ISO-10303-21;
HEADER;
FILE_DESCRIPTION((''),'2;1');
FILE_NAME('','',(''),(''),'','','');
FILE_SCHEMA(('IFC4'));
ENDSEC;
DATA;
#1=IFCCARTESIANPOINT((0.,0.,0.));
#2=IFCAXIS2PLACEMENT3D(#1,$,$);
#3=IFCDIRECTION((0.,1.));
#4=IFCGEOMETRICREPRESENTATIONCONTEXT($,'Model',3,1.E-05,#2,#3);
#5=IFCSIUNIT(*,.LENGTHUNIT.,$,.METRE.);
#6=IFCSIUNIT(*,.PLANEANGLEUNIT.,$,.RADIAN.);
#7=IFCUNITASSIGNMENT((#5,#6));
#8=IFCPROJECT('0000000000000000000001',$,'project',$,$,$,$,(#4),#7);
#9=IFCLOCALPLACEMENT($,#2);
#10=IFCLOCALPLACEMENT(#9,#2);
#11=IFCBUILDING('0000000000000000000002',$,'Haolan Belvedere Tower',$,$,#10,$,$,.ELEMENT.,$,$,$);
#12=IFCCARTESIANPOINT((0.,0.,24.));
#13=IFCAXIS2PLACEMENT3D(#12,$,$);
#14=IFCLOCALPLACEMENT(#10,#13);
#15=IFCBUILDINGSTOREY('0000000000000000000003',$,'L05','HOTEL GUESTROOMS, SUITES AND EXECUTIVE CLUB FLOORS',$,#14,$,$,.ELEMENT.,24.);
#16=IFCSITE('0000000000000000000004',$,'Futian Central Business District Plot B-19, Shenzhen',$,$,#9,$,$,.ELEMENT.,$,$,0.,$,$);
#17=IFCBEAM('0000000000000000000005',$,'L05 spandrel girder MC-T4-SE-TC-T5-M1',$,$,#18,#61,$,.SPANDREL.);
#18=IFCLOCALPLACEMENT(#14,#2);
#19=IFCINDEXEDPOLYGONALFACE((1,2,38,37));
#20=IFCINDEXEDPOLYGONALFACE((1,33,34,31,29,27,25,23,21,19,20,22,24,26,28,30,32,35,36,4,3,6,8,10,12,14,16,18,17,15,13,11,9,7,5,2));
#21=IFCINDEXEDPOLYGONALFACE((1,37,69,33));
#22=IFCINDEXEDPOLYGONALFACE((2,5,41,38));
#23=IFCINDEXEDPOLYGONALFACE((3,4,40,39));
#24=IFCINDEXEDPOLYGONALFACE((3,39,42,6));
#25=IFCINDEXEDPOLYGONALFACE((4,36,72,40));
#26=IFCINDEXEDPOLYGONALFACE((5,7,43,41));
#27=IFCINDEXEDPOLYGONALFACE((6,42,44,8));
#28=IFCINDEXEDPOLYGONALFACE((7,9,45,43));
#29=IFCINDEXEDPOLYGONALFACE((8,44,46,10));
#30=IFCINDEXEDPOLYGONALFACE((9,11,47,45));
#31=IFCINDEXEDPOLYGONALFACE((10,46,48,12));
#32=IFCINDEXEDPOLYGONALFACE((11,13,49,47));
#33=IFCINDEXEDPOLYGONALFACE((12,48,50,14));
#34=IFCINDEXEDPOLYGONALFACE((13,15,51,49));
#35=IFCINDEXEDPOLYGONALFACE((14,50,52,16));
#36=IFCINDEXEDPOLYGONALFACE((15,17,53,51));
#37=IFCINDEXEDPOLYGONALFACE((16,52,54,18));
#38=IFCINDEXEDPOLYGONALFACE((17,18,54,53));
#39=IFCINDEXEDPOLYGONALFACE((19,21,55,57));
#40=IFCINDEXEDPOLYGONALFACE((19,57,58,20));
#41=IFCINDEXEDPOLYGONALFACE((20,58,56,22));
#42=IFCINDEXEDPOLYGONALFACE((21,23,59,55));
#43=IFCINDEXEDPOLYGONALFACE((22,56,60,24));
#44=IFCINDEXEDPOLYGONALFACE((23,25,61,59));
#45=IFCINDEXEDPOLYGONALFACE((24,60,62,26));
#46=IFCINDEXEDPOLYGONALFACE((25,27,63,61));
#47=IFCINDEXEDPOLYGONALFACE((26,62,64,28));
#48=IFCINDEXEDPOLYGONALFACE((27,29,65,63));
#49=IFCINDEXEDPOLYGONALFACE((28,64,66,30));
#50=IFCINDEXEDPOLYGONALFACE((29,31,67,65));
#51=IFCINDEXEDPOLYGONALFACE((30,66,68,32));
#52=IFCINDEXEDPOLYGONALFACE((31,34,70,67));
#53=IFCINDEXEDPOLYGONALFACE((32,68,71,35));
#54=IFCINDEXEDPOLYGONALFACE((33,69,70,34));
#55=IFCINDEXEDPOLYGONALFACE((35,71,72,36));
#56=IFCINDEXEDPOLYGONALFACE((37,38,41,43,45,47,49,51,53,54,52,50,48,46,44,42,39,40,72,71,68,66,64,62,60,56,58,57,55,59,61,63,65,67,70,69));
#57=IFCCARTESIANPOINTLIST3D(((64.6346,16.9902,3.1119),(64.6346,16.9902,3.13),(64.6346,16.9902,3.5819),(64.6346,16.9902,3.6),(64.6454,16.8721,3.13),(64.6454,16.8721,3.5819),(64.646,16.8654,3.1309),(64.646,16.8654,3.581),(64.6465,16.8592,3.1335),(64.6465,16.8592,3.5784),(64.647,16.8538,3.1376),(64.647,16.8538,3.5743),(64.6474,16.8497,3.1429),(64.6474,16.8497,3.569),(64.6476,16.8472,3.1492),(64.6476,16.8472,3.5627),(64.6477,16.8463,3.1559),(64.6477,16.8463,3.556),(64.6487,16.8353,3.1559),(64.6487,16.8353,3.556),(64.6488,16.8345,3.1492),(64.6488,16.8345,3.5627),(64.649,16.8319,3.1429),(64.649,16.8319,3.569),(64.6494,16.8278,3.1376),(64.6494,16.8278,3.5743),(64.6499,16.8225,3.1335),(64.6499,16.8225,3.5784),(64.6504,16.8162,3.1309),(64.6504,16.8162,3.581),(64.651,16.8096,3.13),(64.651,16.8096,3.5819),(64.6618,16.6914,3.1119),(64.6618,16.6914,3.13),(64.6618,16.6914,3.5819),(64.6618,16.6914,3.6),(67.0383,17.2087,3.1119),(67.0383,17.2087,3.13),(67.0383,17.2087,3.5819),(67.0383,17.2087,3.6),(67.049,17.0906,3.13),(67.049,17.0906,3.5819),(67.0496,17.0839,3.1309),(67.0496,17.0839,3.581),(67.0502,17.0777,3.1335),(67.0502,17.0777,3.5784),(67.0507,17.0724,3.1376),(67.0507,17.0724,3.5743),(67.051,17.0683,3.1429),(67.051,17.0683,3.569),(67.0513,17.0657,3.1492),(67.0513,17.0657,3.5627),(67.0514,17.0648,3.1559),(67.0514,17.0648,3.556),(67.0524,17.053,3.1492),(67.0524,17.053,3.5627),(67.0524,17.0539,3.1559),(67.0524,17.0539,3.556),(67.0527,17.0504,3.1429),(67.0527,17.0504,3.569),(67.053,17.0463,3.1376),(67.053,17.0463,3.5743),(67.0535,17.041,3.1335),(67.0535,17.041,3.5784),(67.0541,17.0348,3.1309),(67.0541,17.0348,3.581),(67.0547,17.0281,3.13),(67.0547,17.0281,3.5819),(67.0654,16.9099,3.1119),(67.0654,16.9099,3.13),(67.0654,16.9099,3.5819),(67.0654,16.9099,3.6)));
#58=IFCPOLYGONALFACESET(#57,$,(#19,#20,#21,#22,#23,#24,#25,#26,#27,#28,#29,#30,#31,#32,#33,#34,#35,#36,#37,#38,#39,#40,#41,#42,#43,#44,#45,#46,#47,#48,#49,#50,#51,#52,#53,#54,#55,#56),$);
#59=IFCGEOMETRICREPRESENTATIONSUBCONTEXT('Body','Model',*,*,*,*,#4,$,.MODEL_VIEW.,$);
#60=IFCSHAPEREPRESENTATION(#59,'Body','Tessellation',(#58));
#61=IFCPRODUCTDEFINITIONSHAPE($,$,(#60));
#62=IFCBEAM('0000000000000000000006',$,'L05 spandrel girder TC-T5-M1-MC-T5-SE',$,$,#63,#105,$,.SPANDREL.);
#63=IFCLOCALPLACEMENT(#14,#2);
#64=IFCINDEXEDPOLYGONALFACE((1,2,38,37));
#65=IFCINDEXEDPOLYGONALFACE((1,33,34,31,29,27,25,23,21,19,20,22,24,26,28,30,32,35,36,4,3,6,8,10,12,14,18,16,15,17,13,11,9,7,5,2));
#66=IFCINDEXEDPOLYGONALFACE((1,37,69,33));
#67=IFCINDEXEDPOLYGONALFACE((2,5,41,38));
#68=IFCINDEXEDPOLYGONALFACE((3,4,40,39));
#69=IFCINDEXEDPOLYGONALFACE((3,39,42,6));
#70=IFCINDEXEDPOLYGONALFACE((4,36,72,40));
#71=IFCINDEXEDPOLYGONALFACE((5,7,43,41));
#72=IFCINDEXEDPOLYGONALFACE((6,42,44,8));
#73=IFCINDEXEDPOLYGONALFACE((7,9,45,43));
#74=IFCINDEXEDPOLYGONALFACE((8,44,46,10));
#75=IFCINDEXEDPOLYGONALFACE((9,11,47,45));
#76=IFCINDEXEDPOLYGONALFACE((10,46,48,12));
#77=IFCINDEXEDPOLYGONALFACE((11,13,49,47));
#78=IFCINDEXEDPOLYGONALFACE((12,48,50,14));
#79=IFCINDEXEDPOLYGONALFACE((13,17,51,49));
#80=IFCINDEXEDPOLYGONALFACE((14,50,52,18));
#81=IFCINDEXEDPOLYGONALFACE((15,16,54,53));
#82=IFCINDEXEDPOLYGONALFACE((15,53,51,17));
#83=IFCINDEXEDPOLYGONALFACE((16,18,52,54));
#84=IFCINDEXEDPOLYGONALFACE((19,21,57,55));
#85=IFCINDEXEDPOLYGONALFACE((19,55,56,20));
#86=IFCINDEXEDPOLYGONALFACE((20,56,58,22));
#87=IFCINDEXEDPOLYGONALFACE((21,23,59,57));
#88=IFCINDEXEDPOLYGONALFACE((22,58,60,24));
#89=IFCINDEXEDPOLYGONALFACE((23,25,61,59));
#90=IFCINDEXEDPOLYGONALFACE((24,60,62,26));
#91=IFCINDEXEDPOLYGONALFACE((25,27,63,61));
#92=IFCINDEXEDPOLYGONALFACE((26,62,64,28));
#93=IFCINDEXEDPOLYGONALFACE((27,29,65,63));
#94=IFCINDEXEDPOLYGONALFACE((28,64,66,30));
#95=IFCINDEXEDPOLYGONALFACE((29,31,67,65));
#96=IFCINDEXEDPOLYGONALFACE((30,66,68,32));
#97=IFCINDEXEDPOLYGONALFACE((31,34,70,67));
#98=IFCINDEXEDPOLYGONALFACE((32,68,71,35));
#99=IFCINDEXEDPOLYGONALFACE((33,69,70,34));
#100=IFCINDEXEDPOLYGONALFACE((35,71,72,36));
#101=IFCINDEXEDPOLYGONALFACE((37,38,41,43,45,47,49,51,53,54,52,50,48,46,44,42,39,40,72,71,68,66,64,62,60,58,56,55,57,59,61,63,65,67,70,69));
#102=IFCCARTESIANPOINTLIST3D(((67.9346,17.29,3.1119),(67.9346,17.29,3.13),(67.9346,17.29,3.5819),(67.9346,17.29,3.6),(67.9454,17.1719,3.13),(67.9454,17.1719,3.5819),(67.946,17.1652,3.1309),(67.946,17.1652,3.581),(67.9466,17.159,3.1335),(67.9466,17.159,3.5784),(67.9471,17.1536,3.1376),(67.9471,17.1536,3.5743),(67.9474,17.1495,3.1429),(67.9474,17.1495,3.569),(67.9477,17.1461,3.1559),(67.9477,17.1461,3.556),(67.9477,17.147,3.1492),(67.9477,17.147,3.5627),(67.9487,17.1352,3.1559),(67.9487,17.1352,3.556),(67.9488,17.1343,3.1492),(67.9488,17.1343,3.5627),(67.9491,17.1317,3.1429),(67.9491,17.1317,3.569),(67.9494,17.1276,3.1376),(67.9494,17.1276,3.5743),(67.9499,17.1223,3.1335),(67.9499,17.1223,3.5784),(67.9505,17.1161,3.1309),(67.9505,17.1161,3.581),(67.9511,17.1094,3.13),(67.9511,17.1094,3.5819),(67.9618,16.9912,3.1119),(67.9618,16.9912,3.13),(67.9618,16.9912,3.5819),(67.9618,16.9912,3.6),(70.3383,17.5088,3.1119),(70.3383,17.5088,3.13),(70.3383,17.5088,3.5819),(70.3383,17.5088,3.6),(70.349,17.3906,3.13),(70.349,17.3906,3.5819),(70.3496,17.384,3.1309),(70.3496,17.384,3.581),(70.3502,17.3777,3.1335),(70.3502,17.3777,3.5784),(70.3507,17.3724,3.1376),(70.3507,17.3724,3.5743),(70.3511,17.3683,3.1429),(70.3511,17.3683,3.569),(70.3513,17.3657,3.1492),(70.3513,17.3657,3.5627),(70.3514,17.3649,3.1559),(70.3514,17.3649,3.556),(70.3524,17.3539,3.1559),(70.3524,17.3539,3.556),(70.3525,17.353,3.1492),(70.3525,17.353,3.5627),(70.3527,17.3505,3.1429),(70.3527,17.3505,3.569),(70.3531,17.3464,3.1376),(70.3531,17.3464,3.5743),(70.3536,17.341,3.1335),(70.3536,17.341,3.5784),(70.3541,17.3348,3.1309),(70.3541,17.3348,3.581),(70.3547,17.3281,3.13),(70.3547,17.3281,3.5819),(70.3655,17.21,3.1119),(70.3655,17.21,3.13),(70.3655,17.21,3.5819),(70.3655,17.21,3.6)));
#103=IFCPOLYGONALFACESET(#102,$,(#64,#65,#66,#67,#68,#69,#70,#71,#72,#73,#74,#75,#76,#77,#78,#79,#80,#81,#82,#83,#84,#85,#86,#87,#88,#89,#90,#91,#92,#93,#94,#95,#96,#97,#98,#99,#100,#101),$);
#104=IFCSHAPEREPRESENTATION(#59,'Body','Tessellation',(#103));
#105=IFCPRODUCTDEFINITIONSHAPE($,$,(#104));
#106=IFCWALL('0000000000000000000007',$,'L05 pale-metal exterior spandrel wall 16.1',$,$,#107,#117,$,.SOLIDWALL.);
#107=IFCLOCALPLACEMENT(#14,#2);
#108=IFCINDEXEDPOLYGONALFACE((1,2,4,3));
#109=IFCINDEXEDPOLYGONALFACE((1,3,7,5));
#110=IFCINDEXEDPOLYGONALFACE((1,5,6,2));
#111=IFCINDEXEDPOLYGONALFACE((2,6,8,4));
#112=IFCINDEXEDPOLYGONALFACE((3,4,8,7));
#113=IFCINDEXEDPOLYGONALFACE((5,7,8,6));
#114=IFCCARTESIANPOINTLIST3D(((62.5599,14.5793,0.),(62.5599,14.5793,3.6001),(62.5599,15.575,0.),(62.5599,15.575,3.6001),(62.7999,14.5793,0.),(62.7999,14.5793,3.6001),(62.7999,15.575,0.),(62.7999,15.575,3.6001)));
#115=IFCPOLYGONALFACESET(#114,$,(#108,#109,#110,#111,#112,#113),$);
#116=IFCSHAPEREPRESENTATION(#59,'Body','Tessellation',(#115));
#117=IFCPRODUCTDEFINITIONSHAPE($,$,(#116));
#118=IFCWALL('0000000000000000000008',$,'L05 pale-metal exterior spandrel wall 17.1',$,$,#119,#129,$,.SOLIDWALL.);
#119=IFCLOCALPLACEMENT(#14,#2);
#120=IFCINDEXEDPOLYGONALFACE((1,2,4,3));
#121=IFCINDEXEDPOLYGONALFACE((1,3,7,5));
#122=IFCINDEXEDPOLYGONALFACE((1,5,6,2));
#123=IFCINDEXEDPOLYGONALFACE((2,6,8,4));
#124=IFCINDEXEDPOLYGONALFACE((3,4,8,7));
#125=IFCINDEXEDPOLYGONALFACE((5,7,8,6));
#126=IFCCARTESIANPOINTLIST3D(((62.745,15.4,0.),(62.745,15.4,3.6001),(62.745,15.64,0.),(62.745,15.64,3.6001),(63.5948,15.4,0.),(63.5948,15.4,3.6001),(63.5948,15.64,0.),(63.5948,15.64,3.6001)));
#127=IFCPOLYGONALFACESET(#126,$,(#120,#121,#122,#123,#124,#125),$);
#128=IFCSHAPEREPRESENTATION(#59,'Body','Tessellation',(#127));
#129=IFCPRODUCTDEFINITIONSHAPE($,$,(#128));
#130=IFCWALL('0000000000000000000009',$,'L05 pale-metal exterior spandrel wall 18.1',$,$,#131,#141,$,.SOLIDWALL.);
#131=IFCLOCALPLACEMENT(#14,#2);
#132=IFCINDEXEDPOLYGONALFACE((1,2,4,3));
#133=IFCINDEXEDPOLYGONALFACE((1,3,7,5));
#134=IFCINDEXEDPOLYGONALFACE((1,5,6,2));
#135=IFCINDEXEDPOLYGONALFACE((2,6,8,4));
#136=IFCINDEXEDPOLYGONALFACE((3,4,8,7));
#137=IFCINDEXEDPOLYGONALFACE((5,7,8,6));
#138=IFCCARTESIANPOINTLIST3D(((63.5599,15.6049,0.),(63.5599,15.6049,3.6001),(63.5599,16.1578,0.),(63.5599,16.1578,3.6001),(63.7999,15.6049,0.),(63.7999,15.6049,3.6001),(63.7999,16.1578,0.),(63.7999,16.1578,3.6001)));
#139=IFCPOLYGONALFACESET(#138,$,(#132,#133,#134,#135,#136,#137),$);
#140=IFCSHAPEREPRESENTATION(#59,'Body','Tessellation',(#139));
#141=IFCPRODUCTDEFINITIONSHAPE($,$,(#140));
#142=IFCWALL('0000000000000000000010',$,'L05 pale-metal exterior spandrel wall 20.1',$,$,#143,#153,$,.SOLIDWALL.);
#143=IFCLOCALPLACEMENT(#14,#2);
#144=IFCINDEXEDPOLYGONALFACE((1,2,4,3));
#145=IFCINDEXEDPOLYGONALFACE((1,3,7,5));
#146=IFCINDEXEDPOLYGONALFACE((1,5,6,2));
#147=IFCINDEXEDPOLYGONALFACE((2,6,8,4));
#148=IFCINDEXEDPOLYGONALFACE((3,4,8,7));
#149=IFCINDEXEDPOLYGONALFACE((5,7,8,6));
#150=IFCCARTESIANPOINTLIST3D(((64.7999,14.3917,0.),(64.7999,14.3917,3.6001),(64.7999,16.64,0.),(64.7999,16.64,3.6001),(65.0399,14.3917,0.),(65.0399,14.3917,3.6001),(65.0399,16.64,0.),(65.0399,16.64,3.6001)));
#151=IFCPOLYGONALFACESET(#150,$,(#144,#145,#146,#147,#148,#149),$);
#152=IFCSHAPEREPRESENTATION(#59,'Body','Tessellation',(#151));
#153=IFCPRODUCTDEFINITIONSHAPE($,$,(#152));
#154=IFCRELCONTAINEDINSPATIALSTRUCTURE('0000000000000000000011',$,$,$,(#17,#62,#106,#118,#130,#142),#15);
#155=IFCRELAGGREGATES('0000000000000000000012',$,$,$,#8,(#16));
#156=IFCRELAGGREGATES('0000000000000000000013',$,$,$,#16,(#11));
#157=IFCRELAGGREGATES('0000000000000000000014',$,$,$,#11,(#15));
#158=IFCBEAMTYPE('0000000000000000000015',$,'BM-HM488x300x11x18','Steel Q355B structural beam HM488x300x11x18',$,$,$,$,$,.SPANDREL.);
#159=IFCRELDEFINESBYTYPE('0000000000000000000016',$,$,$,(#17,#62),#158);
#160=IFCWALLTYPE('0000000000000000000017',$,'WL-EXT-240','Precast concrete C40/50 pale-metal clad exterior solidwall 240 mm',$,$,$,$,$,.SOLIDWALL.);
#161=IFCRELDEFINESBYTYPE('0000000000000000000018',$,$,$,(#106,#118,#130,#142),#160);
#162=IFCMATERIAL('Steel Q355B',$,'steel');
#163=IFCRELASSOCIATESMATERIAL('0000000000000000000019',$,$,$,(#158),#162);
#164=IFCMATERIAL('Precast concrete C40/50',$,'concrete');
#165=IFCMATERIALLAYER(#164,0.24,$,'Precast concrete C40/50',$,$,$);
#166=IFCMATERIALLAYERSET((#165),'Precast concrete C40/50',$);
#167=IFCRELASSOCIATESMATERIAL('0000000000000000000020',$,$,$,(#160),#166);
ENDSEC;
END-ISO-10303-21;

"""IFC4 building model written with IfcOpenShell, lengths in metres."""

from ifc_helpers import new_model, si_unit, direction, frame, frame_2d, origin, origin_2d, place, context, subcontext, project, spatial, rectangle, i_section, extrude, material, layer, layer_set, material_profile, profile_set, type_object, element, save


model = new_model("IFC4")

# Units and contexts
model_context = context("Model", 3, precision=1e-05, world=origin(), true_north=direction((0.0, 1.0)))
body_context = subcontext(model_context, "Body", "Model", "MODEL_VIEW")
ifc_project = project(units=[si_unit("LENGTHUNIT", "METRE"), si_unit("PLANEANGLEUNIT", "RADIAN")], contexts=[model_context])

# Site, building, storey
site_placement = place(None, origin())
site = spatial("IfcSite", under=ifc_project, at=site_placement, Name="Futian Central Business District Plot B-19, Shenzhen", CompositionType="ELEMENT", RefElevation=0.0)
building_placement = place(site_placement, origin())
building = spatial("IfcBuilding", under=site, at=building_placement, Name="Haolan Belvedere Tower", CompositionType="ELEMENT")
storey_placement = place(building_placement, frame((0.0, 0.0, 24.0)))
storey = spatial("IfcBuildingStorey", under=building, at=storey_placement, Name="L05", Description="HOTEL GUESTROOMS, SUITES AND EXECUTIVE CLUB FLOORS", CompositionType="ELEMENT", Elevation=24.0)

# Shared definitions
ifc_material_1 = material(Name="Steel Q355B", Category="steel")

# Beams
ifc_material_profile_1 = material_profile(ifc_material_1, i_section(OverallWidth=0.3, OverallDepth=0.488, WebThickness=0.011, FlangeThickness=0.0181, FilletRadius=0.0259, at=origin_2d()), Name="Steel Q355B")
ifc_profile_set_1 = profile_set([ifc_material_profile_1], Name="Steel Q355B")
beam_type = type_object("IfcBeamType", Name="BM-HM488x300x11x18", Description="Steel Q355B structural beam HM488x300x11x18", PredefinedType="SPANDREL", material=ifc_profile_set_1)
for number, where, z_axis, x_axis, name in (
    (1, (64.6482, 16.8408, 3.356), (0.995893, 0.090536, 0.0), (-0.090536, 0.995893, 0.0), "L05 spandrel girder MC-T4-SE-TC-T5-M1"),
    (2, (67.9482, 17.1406, 3.356), (0.995884, 0.090636, 0.0), (-0.090636, 0.995884, 0.0), "L05 spandrel girder TC-T5-M1-MC-T5-SE"),
):
    element("IfcBeam", number, at=place(storey_placement, frame(where, z_axis=z_axis, x_axis=x_axis)), inside=storey, type_object=beam_type, Name=name, PredefinedType="SPANDREL", context=body_context, shape_type="SweptSolid", body=[
        extrude(i_section(OverallWidth=0.3, OverallDepth=0.488, WebThickness=0.011, FlangeThickness=0.0181, FilletRadius=0.0259, at=origin_2d()), origin(), (0.0, 0.0, 1.0), 2.4136),
    ])

# Walls
ifc_material_2 = material(Name="Precast concrete C40/50", Category="concrete")
ifc_layer_1 = layer(ifc_material_2, 0.24, Name="Precast concrete C40/50")
ifc_layer_set_1 = layer_set([ifc_layer_1], Name="Precast concrete C40/50")
wall_type_1 = type_object("IfcWallType", Name="WL-EXT-240", Description="Precast concrete C40/50 pale-metal clad exterior solidwall 240 mm", PredefinedType="SOLIDWALL", material=ifc_layer_set_1)
wall_1_placement = place(storey_placement, frame((62.6799, 14.5793, 0.0), z_axis=(0.0, 0.0, 1.0), x_axis=(0.0, 1.0, 0.0)))
element("IfcWall", 3, at=wall_1_placement, inside=storey, type_object=wall_type_1, Name="L05 pale-metal exterior spandrel wall 16.1", PredefinedType="SOLIDWALL", context=body_context, shape_type="SweptSolid", body=[
    extrude(rectangle(XDim=0.9956, YDim=0.24, at=frame_2d((0.4978, 0.0))), origin(), (0.0, 0.0, 1.0), 3.6001),
])
wall_2_placement = place(storey_placement, frame((62.7451, 15.52, 0.0), z_axis=(0.0, 0.0, 1.0), x_axis=(1.0, 0.0, 0.0)))
element("IfcWall", 4, at=wall_2_placement, inside=storey, type_object=wall_type_1, Name="L05 pale-metal exterior spandrel wall 17.1", PredefinedType="SOLIDWALL", context=body_context, shape_type="SweptSolid", body=[
    extrude(rectangle(XDim=0.8499, YDim=0.24, at=frame_2d((0.4248, 0.0))), origin(), (0.0, 0.0, 1.0), 3.6001),
])
wall_3_placement = place(storey_placement, frame((63.6799, 15.605, 0.0), z_axis=(0.0, 0.0, 1.0), x_axis=(0.0, 1.0, 0.0)))
element("IfcWall", 5, at=wall_3_placement, inside=storey, type_object=wall_type_1, Name="L05 pale-metal exterior spandrel wall 18.1", PredefinedType="SOLIDWALL", context=body_context, shape_type="SweptSolid", body=[
    extrude(rectangle(XDim=0.553, YDim=0.24, at=frame_2d((0.2764, 0.0))), origin(), (0.0, 0.0, 1.0), 3.6001),
])
wall_4_placement = place(storey_placement, frame((64.9199, 16.6399, 0.0), z_axis=(0.0, 0.0, 1.0), x_axis=(0.0, -1.0, 0.0)))
element("IfcWall", 6, at=wall_4_placement, inside=storey, type_object=wall_type_1, Name="L05 pale-metal exterior spandrel wall 20.1", PredefinedType="SOLIDWALL", context=body_context, shape_type="SweptSolid", body=[
    extrude(rectangle(XDim=2.2483, YDim=0.24, at=frame_2d((1.124, 0.0))), origin(), (0.0, 0.0, 1.0), 3.6001),
])

save(model, "model.ifc")
